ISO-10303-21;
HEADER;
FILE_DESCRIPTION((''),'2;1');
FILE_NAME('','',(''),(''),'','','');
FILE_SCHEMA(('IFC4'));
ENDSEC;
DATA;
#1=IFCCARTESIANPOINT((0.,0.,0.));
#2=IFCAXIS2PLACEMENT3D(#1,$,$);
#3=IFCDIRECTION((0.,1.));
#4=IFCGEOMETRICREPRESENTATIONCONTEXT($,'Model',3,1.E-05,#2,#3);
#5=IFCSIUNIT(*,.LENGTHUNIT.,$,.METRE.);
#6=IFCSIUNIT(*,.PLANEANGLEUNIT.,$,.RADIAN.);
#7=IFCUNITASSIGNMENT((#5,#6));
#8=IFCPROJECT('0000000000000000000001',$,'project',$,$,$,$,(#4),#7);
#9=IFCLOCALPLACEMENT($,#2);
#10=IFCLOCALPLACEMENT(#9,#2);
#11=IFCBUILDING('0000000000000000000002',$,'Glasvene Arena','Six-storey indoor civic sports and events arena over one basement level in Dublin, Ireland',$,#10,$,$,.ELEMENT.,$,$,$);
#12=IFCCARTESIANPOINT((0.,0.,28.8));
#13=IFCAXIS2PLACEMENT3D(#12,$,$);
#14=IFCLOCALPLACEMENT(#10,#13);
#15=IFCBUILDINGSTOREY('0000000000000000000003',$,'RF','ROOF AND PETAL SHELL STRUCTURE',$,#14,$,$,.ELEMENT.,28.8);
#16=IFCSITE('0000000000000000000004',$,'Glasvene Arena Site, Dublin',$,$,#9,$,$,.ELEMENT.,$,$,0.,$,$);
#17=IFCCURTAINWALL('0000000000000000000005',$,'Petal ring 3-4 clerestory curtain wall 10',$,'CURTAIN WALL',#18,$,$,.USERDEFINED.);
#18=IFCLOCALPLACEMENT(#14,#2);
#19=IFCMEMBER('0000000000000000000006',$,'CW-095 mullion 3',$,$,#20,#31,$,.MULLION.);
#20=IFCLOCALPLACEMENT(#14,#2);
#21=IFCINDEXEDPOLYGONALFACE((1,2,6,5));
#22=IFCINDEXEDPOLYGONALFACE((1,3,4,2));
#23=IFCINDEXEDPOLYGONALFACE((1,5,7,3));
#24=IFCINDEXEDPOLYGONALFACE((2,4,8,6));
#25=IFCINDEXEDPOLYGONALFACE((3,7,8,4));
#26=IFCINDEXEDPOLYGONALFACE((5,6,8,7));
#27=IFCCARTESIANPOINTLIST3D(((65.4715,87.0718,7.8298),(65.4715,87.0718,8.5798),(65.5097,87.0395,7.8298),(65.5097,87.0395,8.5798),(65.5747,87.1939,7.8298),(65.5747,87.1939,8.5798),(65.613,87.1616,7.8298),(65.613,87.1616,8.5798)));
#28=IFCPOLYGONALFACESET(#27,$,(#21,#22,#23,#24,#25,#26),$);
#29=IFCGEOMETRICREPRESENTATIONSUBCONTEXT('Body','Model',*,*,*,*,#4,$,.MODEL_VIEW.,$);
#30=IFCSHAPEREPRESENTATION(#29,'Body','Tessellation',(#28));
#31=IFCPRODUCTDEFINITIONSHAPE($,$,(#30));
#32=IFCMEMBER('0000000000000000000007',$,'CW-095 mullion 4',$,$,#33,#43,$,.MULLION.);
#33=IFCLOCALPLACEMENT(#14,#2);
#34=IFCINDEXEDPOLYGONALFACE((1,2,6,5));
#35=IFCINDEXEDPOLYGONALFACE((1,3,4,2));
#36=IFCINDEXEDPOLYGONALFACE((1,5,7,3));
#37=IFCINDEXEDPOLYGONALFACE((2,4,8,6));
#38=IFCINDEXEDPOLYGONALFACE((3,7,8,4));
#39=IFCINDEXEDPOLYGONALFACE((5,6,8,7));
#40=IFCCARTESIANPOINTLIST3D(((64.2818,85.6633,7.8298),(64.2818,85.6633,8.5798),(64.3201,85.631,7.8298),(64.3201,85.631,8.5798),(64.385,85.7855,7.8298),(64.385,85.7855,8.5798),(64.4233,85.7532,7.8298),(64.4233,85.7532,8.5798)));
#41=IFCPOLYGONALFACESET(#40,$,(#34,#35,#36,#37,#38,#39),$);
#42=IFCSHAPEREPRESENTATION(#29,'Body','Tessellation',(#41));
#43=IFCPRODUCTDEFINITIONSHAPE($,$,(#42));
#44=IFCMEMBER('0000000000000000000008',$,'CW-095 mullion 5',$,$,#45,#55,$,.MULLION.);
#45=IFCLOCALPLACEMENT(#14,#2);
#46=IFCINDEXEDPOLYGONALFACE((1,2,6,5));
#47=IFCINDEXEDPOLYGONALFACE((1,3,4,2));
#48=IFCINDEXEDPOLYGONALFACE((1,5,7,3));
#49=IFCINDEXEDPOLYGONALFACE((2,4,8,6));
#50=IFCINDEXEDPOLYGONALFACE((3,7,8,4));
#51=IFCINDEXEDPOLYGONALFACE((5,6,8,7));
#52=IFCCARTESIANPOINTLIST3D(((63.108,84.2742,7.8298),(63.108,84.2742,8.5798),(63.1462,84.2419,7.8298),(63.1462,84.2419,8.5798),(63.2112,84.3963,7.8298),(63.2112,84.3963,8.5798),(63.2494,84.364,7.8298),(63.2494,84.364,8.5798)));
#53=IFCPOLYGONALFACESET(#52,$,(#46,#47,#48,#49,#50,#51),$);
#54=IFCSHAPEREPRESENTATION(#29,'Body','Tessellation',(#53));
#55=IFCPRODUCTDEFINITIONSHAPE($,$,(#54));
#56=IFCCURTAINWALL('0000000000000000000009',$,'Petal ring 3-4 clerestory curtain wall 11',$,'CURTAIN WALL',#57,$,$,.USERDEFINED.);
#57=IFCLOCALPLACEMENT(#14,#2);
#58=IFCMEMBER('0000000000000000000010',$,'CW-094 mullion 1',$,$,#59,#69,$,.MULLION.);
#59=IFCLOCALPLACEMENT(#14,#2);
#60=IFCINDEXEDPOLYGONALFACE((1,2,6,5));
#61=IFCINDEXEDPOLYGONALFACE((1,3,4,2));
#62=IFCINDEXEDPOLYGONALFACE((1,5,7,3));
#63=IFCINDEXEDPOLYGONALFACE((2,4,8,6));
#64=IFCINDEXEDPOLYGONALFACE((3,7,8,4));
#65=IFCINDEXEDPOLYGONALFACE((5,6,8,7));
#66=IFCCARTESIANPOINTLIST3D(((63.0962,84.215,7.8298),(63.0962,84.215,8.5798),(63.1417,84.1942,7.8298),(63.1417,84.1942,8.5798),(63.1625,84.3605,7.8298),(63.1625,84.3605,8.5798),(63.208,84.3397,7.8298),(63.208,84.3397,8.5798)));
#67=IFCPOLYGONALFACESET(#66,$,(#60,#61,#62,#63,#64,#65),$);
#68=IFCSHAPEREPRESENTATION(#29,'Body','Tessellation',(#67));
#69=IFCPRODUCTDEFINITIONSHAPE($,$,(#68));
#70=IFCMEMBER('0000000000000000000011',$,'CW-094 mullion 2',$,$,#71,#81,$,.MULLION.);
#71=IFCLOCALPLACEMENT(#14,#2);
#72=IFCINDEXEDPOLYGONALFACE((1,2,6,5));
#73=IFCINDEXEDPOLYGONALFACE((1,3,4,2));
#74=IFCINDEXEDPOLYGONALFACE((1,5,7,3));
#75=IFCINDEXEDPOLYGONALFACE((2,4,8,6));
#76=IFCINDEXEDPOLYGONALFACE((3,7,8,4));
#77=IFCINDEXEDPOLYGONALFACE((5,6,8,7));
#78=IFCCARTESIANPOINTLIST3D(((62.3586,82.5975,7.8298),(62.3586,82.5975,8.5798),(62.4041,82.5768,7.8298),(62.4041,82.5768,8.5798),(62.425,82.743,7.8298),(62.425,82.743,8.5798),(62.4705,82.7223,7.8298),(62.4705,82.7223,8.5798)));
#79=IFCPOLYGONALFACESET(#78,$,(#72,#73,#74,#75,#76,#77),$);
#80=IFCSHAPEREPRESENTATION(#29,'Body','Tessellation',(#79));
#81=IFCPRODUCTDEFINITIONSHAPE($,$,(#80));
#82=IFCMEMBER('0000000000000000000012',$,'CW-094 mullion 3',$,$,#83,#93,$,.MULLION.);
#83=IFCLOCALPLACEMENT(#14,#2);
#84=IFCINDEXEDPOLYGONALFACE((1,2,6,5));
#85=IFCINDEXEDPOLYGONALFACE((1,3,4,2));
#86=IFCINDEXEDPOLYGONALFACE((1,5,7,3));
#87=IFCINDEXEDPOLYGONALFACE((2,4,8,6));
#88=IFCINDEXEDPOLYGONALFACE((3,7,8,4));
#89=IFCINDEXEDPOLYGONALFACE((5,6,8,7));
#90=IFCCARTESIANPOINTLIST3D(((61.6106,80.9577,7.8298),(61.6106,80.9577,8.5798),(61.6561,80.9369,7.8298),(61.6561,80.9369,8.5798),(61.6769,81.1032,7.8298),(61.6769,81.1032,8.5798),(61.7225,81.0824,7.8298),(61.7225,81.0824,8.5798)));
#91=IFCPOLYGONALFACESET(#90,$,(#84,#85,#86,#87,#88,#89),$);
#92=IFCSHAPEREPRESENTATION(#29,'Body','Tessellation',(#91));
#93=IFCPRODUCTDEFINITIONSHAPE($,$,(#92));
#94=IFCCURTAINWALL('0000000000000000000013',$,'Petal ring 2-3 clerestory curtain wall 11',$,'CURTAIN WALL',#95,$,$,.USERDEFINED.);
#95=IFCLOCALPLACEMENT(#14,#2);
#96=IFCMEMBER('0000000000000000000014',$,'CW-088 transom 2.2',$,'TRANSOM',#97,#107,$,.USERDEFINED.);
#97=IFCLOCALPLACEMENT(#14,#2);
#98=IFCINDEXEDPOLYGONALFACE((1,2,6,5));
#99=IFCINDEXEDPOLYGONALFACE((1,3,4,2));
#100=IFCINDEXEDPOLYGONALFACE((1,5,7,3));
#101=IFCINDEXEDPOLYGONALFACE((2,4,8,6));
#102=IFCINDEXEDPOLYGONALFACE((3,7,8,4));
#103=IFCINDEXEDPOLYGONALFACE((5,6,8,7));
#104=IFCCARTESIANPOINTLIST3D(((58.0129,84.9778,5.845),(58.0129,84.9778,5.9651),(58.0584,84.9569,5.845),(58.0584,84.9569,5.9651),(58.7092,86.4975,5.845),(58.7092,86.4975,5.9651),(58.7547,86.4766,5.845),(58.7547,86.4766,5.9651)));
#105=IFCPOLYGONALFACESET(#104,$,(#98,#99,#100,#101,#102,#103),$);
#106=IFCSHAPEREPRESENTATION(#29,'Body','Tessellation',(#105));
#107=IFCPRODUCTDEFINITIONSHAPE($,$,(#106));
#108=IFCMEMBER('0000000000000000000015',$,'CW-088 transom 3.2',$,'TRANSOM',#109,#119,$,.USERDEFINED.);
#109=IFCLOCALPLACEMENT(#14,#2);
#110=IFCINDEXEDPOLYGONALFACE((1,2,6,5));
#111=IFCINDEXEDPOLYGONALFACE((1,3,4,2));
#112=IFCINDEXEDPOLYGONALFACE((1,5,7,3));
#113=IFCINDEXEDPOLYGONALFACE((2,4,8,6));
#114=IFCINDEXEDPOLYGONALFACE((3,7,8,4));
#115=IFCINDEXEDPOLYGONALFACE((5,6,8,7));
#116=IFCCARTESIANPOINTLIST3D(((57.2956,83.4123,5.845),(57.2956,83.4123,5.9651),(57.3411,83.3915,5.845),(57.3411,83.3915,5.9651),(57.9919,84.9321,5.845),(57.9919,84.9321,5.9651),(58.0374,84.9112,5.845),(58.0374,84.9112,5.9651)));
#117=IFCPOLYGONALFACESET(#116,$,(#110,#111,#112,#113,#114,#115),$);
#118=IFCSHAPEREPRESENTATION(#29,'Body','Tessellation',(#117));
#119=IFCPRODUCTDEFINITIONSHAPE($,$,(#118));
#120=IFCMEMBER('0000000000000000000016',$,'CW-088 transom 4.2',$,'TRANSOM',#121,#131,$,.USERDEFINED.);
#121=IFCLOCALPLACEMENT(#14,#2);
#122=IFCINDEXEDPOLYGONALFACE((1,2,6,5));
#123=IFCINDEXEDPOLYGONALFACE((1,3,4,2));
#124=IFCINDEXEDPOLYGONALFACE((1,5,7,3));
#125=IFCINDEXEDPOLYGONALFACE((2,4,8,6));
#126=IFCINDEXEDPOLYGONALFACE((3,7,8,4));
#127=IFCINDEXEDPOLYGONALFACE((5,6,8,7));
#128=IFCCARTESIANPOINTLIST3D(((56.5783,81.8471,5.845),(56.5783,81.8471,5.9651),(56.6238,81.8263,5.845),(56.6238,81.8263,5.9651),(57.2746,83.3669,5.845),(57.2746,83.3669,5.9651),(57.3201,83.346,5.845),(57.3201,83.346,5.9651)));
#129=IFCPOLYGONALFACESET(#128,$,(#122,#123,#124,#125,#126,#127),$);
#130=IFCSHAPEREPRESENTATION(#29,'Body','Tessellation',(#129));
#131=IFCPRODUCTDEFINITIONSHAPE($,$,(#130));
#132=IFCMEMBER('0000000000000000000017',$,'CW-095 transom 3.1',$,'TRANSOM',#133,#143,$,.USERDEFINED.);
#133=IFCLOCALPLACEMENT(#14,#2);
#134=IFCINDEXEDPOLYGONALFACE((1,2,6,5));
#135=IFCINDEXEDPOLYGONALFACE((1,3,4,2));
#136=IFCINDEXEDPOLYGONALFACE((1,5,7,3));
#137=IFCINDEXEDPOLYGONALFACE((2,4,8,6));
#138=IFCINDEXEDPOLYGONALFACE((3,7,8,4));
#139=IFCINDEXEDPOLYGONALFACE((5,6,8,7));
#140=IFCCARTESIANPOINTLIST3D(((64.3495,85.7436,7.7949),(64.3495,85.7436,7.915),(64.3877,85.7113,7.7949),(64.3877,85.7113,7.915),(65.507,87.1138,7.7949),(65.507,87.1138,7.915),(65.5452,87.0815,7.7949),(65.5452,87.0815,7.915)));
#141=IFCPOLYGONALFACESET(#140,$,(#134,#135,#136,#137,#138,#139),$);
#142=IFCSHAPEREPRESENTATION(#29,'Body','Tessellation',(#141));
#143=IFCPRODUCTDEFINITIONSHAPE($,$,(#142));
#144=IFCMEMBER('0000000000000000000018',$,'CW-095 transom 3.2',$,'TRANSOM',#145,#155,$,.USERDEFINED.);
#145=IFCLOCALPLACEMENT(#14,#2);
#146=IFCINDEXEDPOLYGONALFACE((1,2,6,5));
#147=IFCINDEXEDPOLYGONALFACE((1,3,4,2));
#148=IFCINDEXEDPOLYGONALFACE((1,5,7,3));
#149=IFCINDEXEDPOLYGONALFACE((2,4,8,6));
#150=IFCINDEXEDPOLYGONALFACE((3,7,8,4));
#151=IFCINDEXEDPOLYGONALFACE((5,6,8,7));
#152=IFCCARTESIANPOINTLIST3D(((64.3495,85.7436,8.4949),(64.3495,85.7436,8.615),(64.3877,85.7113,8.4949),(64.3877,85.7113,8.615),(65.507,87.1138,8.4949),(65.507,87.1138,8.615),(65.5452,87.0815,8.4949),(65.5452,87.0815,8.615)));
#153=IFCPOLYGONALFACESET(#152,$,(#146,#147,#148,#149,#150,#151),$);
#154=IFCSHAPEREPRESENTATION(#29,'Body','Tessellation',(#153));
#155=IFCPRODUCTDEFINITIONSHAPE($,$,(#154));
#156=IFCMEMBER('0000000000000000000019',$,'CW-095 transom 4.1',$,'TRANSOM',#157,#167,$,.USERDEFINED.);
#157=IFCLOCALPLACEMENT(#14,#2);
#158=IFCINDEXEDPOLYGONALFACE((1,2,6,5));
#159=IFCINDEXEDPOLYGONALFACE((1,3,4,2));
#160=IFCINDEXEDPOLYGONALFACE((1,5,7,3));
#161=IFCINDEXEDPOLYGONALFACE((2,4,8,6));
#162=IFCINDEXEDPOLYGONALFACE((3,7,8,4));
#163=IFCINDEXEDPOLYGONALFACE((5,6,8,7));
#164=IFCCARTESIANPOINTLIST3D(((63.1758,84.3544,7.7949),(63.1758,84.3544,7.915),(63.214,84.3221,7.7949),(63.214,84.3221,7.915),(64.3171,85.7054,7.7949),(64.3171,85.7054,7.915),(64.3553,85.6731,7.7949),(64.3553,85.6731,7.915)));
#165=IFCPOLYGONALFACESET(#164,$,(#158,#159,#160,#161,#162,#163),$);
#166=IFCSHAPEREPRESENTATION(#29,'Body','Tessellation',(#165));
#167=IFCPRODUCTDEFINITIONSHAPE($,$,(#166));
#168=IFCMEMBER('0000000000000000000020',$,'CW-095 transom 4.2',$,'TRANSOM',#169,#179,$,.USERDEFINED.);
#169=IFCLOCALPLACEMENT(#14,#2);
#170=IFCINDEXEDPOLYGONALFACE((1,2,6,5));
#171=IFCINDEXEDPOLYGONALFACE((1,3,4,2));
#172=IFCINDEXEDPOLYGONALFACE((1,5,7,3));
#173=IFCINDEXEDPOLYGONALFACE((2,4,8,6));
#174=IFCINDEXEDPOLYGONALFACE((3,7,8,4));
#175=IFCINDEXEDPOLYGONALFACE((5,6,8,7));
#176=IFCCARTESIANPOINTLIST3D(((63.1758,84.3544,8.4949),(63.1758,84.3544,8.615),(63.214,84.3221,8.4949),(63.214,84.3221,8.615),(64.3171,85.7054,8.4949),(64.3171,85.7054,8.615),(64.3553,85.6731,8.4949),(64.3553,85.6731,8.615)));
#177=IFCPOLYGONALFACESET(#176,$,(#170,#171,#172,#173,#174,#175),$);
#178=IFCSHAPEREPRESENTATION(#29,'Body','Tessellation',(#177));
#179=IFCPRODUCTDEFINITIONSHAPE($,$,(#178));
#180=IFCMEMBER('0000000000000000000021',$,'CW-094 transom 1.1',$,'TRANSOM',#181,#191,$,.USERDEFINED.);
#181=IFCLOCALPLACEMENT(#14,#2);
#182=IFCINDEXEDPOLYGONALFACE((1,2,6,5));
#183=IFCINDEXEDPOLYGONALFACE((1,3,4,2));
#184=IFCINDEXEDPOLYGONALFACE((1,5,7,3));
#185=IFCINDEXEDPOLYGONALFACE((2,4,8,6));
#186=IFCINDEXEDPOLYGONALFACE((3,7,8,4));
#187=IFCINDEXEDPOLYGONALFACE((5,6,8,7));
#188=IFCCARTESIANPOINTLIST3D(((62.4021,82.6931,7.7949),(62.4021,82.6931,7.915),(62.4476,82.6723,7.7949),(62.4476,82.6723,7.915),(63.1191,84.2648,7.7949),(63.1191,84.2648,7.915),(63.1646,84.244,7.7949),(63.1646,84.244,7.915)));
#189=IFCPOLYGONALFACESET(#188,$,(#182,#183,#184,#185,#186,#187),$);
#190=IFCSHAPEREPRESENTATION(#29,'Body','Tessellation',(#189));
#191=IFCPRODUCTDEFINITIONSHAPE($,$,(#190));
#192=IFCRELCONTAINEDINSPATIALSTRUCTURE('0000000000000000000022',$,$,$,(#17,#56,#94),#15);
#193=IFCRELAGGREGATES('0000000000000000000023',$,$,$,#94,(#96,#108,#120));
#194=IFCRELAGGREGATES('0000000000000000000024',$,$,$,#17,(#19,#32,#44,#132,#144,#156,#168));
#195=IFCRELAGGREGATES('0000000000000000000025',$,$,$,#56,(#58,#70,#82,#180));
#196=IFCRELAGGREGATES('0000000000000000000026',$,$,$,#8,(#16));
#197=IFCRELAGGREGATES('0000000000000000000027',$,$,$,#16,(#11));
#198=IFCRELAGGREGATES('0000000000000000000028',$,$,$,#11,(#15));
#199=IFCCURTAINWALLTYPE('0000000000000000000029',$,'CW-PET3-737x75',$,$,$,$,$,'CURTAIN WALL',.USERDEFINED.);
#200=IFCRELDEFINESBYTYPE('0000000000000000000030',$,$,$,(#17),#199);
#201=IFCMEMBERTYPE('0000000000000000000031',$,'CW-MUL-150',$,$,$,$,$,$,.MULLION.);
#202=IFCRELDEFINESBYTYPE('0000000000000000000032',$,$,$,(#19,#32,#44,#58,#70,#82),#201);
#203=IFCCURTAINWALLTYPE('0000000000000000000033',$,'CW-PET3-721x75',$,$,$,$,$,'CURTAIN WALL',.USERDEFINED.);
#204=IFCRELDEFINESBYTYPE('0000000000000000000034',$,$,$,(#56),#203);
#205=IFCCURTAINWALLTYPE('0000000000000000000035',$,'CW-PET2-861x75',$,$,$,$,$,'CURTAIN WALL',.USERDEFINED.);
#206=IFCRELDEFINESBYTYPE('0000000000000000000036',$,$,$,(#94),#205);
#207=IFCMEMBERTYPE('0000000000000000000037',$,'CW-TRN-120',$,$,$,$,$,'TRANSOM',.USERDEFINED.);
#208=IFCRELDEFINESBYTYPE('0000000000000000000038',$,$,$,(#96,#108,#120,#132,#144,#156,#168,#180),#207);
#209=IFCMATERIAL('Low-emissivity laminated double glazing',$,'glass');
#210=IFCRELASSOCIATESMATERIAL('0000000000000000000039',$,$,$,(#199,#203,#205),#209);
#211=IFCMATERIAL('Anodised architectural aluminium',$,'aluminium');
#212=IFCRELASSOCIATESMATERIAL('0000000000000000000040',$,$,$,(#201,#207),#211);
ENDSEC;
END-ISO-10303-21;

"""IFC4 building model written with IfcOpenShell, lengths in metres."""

from ifc_helpers import new_model, si_unit, direction, frame, origin, origin_2d, place, context, subcontext, project, spatial, rectangle, extrude, material, material_profile, profile_set, type_object, element, aggregate, save


model = new_model("IFC4")

# Units and contexts
model_context = context("Model", 3, precision=1e-05, world=origin(), true_north=direction((0.0, 1.0)))
body_context = subcontext(model_context, "Body", "Model", "MODEL_VIEW")
ifc_project = project(units=[si_unit("LENGTHUNIT", "METRE"), si_unit("PLANEANGLEUNIT", "RADIAN")], contexts=[model_context])

# Site, building, storey
site_placement = place(None, origin())
site = spatial("IfcSite", under=ifc_project, at=site_placement, Name="Glasvene Arena Site, Dublin", CompositionType="ELEMENT", RefElevation=0.0)
building_placement = place(site_placement, origin())
building = spatial("IfcBuilding", under=site, at=building_placement, Name="Glasvene Arena", Description="Six-storey indoor civic sports and events arena over one basement level in Dublin, Ireland", CompositionType="ELEMENT")
storey_placement = place(building_placement, frame((0.0, 0.0, 28.8)))
storey = spatial("IfcBuildingStorey", under=building, at=storey_placement, Name="RF", Description="ROOF AND PETAL SHELL STRUCTURE", CompositionType="ELEMENT", Elevation=28.8)

# Curtain walls, members
ifc_material_1 = material(Name="Low-emissivity laminated double glazing", Category="glass")
curtain_wall_type_1 = type_object("IfcCurtainWallType", Name="CW-PET3-737x75", ElementType="CURTAIN WALL", PredefinedType="USERDEFINED", material=ifc_material_1)
curtain_wall_1_placement = place(storey_placement, frame((67.9221, 89.9333, 0.0)))
curtain_wall_1 = element("IfcCurtainWall", 1, at=curtain_wall_1_placement, inside=storey, type_object=curtain_wall_type_1, Name="Petal ring 3-4 clerestory curtain wall 10", ObjectType="CURTAIN WALL", PredefinedType="USERDEFINED")
ifc_material_2 = material(Name="Anodised architectural aluminium", Category="aluminium")
ifc_material_profile_1 = material_profile(ifc_material_2, rectangle(XDim=0.05, YDim=0.1599, at=origin_2d()), Name="ALU MULLION 50x160")
ifc_profile_set_1 = profile_set([ifc_material_profile_1], Name="Anodised architectural aluminium")
member_type_1 = type_object("IfcMemberType", Name="CW-MUL-150", PredefinedType="MULLION", material=ifc_profile_set_1)
member_1_placement = place(storey_placement, frame((65.5422, 87.1167, 7.8298), z_axis=(0.0, 0.0, 1.0), x_axis=(0.76385, -0.645394, 0.0)))
member_1 = element("IfcMember", 2, at=member_1_placement, type_object=member_type_1, Name="CW-095 mullion 3", PredefinedType="MULLION", context=body_context, shape_type="SweptSolid", body=[
    extrude(rectangle(XDim=0.05, YDim=0.1599, at=origin_2d()), origin(), (0.0, 0.0, 1.0), 0.75),
])
member_2_placement = place(storey_placement, frame((64.3525, 85.7083, 7.8298), z_axis=(0.0, 0.0, 1.0), x_axis=(0.76385, -0.645394, 0.0)))
member_2 = element("IfcMember", 3, at=member_2_placement, type_object=member_type_1, Name="CW-095 mullion 4", PredefinedType="MULLION", context=body_context, shape_type="SweptSolid", body=[
    extrude(rectangle(XDim=0.05, YDim=0.1599, at=origin_2d()), origin(), (0.0, 0.0, 1.0), 0.75),
])
member_3_placement = place(storey_placement, frame((63.1787, 84.3191, 7.8298), z_axis=(0.0, 0.0, 1.0), x_axis=(0.76385, -0.645394, 0.0)))
member_3 = element("IfcMember", 4, at=member_3_placement, type_object=member_type_1, Name="CW-095 mullion 5", PredefinedType="MULLION", context=body_context, shape_type="SweptSolid", body=[
    extrude(rectangle(XDim=0.05, YDim=0.1599, at=origin_2d()), origin(), (0.0, 0.0, 1.0), 0.75),
])
curtain_wall_type_2 = type_object("IfcCurtainWallType", Name="CW-PET3-721x75", ElementType="CURTAIN WALL", PredefinedType="USERDEFINED", material=ifc_material_1)
curtain_wall_2_placement = place(storey_placement, frame((63.1626, 84.3, 0.0)))
curtain_wall_2 = element("IfcCurtainWall", 5, at=curtain_wall_2_placement, inside=storey, type_object=curtain_wall_type_2, Name="Petal ring 3-4 clerestory curtain wall 11", ObjectType="CURTAIN WALL", PredefinedType="USERDEFINED")
member_4_placement = place(storey_placement, frame((63.1521, 84.2773, 7.8298), z_axis=(0.0, 0.0, 1.0), x_axis=(0.909836, -0.414968, 0.0)))
member_4 = element("IfcMember", 6, at=member_4_placement, type_object=member_type_1, Name="CW-094 mullion 1", PredefinedType="MULLION", context=body_context, shape_type="SweptSolid", body=[
    extrude(rectangle(XDim=0.05, YDim=0.1599, at=origin_2d()), origin(), (0.0, 0.0, 1.0), 0.75),
])
member_5_placement = place(storey_placement, frame((62.4146, 82.6599, 7.8298), z_axis=(0.0, 0.0, 1.0), x_axis=(0.909836, -0.414968, 0.0)))
member_5 = element("IfcMember", 7, at=member_5_placement, type_object=member_type_1, Name="CW-094 mullion 2", PredefinedType="MULLION", context=body_context, shape_type="SweptSolid", body=[
    extrude(rectangle(XDim=0.05, YDim=0.1599, at=origin_2d()), origin(), (0.0, 0.0, 1.0), 0.75),
])
member_6_placement = place(storey_placement, frame((61.6665, 81.02, 7.8298), z_axis=(0.0, 0.0, 1.0), x_axis=(0.909836, -0.414968, 0.0)))
member_6 = element("IfcMember", 8, at=member_6_placement, type_object=member_type_1, Name="CW-094 mullion 3", PredefinedType="MULLION", context=body_context, shape_type="SweptSolid", body=[
    extrude(rectangle(XDim=0.05, YDim=0.1599, at=origin_2d()), origin(), (0.0, 0.0, 1.0), 0.75),
])
curtain_wall_type_3 = type_object("IfcCurtainWallType", Name="CW-PET2-861x75", ElementType="CURTAIN WALL", PredefinedType="USERDEFINED", material=ifc_material_1)
curtain_wall_3_placement = place(storey_placement, frame((59.4597, 88.075, 0.0)))
curtain_wall_3 = element("IfcCurtainWall", 9, at=curtain_wall_3_placement, inside=storey, type_object=curtain_wall_type_3, Name="Petal ring 2-3 clerestory curtain wall 11", ObjectType="CURTAIN WALL", PredefinedType="USERDEFINED")
ifc_material_profile_2 = material_profile(ifc_material_2, rectangle(XDim=0.05, YDim=0.1201, at=origin_2d()), Name="ALU TRANSOM 50x120")
ifc_profile_set_2 = profile_set([ifc_material_profile_2], Name="Anodised architectural aluminium")
member_type_2 = type_object("IfcMemberType", Name="CW-TRN-120", ElementType="TRANSOM", PredefinedType="USERDEFINED", material=ifc_profile_set_2)
member_7_placement = place(storey_placement, frame((58.7319, 86.4871, 5.905), z_axis=(-0.416519, -0.909127, 0.0), x_axis=(0.909127, -0.416519, 0.0)))
member_7 = element("IfcMember", 10, at=member_7_placement, type_object=member_type_2, Name="CW-088 transom 2.2", ObjectType="TRANSOM", PredefinedType="USERDEFINED", context=body_context, shape_type="SweptSolid", body=[
    extrude(rectangle(XDim=0.05, YDim=0.1201, at=origin_2d()), origin(), (0.0, 0.0, 1.0), 1.6716),
])
member_8_placement = place(storey_placement, frame((58.0146, 84.9216, 5.905), z_axis=(-0.416519, -0.909127, 0.0), x_axis=(0.909127, -0.416519, 0.0)))
member_8 = element("IfcMember", 11, at=member_8_placement, type_object=member_type_2, Name="CW-088 transom 3.2", ObjectType="TRANSOM", PredefinedType="USERDEFINED", context=body_context, shape_type="SweptSolid", body=[
    extrude(rectangle(XDim=0.05, YDim=0.1201, at=origin_2d()), origin(), (0.0, 0.0, 1.0), 1.6716),
])
member_9_placement = place(storey_placement, frame((57.2974, 83.3564, 5.905), z_axis=(-0.416519, -0.909127, 0.0), x_axis=(0.909127, -0.416519, 0.0)))
member_9 = element("IfcMember", 12, at=member_9_placement, type_object=member_type_2, Name="CW-088 transom 4.2", ObjectType="TRANSOM", PredefinedType="USERDEFINED", context=body_context, shape_type="SweptSolid", body=[
    extrude(rectangle(XDim=0.05, YDim=0.1201, at=origin_2d()), origin(), (0.0, 0.0, 1.0), 1.6716),
])
aggregate(curtain_wall_3, [member_7, member_8, member_9])

# Members
member_10_placement = place(storey_placement, frame((65.5261, 87.0977, 7.855), z_axis=(-0.645338, -0.763897, 0.0), x_axis=(0.763897, -0.645338, 0.0)))
member_10 = element("IfcMember", 13, at=member_10_placement, type_object=member_type_2, Name="CW-095 transom 3.1", ObjectType="TRANSOM", PredefinedType="USERDEFINED", context=body_context, shape_type="SweptSolid", body=[
    extrude(rectangle(XDim=0.05, YDim=0.1201, at=origin_2d()), origin(), (0.0, 0.0, 1.0), 1.7937),
])
member_11_placement = place(storey_placement, frame((65.5261, 87.0977, 8.5549), z_axis=(-0.645338, -0.763897, 0.0), x_axis=(0.763897, -0.645338, 0.0)))
member_11 = element("IfcMember", 14, at=member_11_placement, type_object=member_type_2, Name="CW-095 transom 3.2", ObjectType="TRANSOM", PredefinedType="USERDEFINED", context=body_context, shape_type="SweptSolid", body=[
    extrude(rectangle(XDim=0.05, YDim=0.1201, at=origin_2d()), origin(), (0.0, 0.0, 1.0), 1.7937),
])
member_12_placement = place(storey_placement, frame((64.3362, 85.6892, 7.855), z_axis=(-0.645329, -0.763904, 0.0), x_axis=(0.763904, -0.645329, 0.0)))
member_12 = element("IfcMember", 15, at=member_12_placement, type_object=member_type_2, Name="CW-095 transom 4.1", ObjectType="TRANSOM", PredefinedType="USERDEFINED", context=body_context, shape_type="SweptSolid", body=[
    extrude(rectangle(XDim=0.05, YDim=0.1201, at=origin_2d()), origin(), (0.0, 0.0, 1.0), 1.7686),
])
member_13_placement = place(storey_placement, frame((64.3362, 85.6892, 8.5549), z_axis=(-0.645329, -0.763904, 0.0), x_axis=(0.763904, -0.645329, 0.0)))
member_13 = element("IfcMember", 16, at=member_13_placement, type_object=member_type_2, Name="CW-095 transom 4.2", ObjectType="TRANSOM", PredefinedType="USERDEFINED", context=body_context, shape_type="SweptSolid", body=[
    extrude(rectangle(XDim=0.05, YDim=0.1201, at=origin_2d()), origin(), (0.0, 0.0, 1.0), 1.7686),
])
member_14_placement = place(storey_placement, frame((63.1418, 84.2544, 7.855), z_axis=(-0.415048, -0.909799, 0.0), x_axis=(0.909799, -0.415048, 0.0)))
member_14 = element("IfcMember", 17, at=member_14_placement, type_object=member_type_2, Name="CW-094 transom 1.1", ObjectType="TRANSOM", PredefinedType="USERDEFINED", context=body_context, shape_type="SweptSolid", body=[
    extrude(rectangle(XDim=0.05, YDim=0.1201, at=origin_2d()), origin(), (0.0, 0.0, 1.0), 1.7275),
])

aggregate(curtain_wall_1, [member_1, member_2, member_3, member_10, member_11, member_12, member_13])
aggregate(curtain_wall_2, [member_4, member_5, member_6, member_14])

save(model, "model.ifc")
